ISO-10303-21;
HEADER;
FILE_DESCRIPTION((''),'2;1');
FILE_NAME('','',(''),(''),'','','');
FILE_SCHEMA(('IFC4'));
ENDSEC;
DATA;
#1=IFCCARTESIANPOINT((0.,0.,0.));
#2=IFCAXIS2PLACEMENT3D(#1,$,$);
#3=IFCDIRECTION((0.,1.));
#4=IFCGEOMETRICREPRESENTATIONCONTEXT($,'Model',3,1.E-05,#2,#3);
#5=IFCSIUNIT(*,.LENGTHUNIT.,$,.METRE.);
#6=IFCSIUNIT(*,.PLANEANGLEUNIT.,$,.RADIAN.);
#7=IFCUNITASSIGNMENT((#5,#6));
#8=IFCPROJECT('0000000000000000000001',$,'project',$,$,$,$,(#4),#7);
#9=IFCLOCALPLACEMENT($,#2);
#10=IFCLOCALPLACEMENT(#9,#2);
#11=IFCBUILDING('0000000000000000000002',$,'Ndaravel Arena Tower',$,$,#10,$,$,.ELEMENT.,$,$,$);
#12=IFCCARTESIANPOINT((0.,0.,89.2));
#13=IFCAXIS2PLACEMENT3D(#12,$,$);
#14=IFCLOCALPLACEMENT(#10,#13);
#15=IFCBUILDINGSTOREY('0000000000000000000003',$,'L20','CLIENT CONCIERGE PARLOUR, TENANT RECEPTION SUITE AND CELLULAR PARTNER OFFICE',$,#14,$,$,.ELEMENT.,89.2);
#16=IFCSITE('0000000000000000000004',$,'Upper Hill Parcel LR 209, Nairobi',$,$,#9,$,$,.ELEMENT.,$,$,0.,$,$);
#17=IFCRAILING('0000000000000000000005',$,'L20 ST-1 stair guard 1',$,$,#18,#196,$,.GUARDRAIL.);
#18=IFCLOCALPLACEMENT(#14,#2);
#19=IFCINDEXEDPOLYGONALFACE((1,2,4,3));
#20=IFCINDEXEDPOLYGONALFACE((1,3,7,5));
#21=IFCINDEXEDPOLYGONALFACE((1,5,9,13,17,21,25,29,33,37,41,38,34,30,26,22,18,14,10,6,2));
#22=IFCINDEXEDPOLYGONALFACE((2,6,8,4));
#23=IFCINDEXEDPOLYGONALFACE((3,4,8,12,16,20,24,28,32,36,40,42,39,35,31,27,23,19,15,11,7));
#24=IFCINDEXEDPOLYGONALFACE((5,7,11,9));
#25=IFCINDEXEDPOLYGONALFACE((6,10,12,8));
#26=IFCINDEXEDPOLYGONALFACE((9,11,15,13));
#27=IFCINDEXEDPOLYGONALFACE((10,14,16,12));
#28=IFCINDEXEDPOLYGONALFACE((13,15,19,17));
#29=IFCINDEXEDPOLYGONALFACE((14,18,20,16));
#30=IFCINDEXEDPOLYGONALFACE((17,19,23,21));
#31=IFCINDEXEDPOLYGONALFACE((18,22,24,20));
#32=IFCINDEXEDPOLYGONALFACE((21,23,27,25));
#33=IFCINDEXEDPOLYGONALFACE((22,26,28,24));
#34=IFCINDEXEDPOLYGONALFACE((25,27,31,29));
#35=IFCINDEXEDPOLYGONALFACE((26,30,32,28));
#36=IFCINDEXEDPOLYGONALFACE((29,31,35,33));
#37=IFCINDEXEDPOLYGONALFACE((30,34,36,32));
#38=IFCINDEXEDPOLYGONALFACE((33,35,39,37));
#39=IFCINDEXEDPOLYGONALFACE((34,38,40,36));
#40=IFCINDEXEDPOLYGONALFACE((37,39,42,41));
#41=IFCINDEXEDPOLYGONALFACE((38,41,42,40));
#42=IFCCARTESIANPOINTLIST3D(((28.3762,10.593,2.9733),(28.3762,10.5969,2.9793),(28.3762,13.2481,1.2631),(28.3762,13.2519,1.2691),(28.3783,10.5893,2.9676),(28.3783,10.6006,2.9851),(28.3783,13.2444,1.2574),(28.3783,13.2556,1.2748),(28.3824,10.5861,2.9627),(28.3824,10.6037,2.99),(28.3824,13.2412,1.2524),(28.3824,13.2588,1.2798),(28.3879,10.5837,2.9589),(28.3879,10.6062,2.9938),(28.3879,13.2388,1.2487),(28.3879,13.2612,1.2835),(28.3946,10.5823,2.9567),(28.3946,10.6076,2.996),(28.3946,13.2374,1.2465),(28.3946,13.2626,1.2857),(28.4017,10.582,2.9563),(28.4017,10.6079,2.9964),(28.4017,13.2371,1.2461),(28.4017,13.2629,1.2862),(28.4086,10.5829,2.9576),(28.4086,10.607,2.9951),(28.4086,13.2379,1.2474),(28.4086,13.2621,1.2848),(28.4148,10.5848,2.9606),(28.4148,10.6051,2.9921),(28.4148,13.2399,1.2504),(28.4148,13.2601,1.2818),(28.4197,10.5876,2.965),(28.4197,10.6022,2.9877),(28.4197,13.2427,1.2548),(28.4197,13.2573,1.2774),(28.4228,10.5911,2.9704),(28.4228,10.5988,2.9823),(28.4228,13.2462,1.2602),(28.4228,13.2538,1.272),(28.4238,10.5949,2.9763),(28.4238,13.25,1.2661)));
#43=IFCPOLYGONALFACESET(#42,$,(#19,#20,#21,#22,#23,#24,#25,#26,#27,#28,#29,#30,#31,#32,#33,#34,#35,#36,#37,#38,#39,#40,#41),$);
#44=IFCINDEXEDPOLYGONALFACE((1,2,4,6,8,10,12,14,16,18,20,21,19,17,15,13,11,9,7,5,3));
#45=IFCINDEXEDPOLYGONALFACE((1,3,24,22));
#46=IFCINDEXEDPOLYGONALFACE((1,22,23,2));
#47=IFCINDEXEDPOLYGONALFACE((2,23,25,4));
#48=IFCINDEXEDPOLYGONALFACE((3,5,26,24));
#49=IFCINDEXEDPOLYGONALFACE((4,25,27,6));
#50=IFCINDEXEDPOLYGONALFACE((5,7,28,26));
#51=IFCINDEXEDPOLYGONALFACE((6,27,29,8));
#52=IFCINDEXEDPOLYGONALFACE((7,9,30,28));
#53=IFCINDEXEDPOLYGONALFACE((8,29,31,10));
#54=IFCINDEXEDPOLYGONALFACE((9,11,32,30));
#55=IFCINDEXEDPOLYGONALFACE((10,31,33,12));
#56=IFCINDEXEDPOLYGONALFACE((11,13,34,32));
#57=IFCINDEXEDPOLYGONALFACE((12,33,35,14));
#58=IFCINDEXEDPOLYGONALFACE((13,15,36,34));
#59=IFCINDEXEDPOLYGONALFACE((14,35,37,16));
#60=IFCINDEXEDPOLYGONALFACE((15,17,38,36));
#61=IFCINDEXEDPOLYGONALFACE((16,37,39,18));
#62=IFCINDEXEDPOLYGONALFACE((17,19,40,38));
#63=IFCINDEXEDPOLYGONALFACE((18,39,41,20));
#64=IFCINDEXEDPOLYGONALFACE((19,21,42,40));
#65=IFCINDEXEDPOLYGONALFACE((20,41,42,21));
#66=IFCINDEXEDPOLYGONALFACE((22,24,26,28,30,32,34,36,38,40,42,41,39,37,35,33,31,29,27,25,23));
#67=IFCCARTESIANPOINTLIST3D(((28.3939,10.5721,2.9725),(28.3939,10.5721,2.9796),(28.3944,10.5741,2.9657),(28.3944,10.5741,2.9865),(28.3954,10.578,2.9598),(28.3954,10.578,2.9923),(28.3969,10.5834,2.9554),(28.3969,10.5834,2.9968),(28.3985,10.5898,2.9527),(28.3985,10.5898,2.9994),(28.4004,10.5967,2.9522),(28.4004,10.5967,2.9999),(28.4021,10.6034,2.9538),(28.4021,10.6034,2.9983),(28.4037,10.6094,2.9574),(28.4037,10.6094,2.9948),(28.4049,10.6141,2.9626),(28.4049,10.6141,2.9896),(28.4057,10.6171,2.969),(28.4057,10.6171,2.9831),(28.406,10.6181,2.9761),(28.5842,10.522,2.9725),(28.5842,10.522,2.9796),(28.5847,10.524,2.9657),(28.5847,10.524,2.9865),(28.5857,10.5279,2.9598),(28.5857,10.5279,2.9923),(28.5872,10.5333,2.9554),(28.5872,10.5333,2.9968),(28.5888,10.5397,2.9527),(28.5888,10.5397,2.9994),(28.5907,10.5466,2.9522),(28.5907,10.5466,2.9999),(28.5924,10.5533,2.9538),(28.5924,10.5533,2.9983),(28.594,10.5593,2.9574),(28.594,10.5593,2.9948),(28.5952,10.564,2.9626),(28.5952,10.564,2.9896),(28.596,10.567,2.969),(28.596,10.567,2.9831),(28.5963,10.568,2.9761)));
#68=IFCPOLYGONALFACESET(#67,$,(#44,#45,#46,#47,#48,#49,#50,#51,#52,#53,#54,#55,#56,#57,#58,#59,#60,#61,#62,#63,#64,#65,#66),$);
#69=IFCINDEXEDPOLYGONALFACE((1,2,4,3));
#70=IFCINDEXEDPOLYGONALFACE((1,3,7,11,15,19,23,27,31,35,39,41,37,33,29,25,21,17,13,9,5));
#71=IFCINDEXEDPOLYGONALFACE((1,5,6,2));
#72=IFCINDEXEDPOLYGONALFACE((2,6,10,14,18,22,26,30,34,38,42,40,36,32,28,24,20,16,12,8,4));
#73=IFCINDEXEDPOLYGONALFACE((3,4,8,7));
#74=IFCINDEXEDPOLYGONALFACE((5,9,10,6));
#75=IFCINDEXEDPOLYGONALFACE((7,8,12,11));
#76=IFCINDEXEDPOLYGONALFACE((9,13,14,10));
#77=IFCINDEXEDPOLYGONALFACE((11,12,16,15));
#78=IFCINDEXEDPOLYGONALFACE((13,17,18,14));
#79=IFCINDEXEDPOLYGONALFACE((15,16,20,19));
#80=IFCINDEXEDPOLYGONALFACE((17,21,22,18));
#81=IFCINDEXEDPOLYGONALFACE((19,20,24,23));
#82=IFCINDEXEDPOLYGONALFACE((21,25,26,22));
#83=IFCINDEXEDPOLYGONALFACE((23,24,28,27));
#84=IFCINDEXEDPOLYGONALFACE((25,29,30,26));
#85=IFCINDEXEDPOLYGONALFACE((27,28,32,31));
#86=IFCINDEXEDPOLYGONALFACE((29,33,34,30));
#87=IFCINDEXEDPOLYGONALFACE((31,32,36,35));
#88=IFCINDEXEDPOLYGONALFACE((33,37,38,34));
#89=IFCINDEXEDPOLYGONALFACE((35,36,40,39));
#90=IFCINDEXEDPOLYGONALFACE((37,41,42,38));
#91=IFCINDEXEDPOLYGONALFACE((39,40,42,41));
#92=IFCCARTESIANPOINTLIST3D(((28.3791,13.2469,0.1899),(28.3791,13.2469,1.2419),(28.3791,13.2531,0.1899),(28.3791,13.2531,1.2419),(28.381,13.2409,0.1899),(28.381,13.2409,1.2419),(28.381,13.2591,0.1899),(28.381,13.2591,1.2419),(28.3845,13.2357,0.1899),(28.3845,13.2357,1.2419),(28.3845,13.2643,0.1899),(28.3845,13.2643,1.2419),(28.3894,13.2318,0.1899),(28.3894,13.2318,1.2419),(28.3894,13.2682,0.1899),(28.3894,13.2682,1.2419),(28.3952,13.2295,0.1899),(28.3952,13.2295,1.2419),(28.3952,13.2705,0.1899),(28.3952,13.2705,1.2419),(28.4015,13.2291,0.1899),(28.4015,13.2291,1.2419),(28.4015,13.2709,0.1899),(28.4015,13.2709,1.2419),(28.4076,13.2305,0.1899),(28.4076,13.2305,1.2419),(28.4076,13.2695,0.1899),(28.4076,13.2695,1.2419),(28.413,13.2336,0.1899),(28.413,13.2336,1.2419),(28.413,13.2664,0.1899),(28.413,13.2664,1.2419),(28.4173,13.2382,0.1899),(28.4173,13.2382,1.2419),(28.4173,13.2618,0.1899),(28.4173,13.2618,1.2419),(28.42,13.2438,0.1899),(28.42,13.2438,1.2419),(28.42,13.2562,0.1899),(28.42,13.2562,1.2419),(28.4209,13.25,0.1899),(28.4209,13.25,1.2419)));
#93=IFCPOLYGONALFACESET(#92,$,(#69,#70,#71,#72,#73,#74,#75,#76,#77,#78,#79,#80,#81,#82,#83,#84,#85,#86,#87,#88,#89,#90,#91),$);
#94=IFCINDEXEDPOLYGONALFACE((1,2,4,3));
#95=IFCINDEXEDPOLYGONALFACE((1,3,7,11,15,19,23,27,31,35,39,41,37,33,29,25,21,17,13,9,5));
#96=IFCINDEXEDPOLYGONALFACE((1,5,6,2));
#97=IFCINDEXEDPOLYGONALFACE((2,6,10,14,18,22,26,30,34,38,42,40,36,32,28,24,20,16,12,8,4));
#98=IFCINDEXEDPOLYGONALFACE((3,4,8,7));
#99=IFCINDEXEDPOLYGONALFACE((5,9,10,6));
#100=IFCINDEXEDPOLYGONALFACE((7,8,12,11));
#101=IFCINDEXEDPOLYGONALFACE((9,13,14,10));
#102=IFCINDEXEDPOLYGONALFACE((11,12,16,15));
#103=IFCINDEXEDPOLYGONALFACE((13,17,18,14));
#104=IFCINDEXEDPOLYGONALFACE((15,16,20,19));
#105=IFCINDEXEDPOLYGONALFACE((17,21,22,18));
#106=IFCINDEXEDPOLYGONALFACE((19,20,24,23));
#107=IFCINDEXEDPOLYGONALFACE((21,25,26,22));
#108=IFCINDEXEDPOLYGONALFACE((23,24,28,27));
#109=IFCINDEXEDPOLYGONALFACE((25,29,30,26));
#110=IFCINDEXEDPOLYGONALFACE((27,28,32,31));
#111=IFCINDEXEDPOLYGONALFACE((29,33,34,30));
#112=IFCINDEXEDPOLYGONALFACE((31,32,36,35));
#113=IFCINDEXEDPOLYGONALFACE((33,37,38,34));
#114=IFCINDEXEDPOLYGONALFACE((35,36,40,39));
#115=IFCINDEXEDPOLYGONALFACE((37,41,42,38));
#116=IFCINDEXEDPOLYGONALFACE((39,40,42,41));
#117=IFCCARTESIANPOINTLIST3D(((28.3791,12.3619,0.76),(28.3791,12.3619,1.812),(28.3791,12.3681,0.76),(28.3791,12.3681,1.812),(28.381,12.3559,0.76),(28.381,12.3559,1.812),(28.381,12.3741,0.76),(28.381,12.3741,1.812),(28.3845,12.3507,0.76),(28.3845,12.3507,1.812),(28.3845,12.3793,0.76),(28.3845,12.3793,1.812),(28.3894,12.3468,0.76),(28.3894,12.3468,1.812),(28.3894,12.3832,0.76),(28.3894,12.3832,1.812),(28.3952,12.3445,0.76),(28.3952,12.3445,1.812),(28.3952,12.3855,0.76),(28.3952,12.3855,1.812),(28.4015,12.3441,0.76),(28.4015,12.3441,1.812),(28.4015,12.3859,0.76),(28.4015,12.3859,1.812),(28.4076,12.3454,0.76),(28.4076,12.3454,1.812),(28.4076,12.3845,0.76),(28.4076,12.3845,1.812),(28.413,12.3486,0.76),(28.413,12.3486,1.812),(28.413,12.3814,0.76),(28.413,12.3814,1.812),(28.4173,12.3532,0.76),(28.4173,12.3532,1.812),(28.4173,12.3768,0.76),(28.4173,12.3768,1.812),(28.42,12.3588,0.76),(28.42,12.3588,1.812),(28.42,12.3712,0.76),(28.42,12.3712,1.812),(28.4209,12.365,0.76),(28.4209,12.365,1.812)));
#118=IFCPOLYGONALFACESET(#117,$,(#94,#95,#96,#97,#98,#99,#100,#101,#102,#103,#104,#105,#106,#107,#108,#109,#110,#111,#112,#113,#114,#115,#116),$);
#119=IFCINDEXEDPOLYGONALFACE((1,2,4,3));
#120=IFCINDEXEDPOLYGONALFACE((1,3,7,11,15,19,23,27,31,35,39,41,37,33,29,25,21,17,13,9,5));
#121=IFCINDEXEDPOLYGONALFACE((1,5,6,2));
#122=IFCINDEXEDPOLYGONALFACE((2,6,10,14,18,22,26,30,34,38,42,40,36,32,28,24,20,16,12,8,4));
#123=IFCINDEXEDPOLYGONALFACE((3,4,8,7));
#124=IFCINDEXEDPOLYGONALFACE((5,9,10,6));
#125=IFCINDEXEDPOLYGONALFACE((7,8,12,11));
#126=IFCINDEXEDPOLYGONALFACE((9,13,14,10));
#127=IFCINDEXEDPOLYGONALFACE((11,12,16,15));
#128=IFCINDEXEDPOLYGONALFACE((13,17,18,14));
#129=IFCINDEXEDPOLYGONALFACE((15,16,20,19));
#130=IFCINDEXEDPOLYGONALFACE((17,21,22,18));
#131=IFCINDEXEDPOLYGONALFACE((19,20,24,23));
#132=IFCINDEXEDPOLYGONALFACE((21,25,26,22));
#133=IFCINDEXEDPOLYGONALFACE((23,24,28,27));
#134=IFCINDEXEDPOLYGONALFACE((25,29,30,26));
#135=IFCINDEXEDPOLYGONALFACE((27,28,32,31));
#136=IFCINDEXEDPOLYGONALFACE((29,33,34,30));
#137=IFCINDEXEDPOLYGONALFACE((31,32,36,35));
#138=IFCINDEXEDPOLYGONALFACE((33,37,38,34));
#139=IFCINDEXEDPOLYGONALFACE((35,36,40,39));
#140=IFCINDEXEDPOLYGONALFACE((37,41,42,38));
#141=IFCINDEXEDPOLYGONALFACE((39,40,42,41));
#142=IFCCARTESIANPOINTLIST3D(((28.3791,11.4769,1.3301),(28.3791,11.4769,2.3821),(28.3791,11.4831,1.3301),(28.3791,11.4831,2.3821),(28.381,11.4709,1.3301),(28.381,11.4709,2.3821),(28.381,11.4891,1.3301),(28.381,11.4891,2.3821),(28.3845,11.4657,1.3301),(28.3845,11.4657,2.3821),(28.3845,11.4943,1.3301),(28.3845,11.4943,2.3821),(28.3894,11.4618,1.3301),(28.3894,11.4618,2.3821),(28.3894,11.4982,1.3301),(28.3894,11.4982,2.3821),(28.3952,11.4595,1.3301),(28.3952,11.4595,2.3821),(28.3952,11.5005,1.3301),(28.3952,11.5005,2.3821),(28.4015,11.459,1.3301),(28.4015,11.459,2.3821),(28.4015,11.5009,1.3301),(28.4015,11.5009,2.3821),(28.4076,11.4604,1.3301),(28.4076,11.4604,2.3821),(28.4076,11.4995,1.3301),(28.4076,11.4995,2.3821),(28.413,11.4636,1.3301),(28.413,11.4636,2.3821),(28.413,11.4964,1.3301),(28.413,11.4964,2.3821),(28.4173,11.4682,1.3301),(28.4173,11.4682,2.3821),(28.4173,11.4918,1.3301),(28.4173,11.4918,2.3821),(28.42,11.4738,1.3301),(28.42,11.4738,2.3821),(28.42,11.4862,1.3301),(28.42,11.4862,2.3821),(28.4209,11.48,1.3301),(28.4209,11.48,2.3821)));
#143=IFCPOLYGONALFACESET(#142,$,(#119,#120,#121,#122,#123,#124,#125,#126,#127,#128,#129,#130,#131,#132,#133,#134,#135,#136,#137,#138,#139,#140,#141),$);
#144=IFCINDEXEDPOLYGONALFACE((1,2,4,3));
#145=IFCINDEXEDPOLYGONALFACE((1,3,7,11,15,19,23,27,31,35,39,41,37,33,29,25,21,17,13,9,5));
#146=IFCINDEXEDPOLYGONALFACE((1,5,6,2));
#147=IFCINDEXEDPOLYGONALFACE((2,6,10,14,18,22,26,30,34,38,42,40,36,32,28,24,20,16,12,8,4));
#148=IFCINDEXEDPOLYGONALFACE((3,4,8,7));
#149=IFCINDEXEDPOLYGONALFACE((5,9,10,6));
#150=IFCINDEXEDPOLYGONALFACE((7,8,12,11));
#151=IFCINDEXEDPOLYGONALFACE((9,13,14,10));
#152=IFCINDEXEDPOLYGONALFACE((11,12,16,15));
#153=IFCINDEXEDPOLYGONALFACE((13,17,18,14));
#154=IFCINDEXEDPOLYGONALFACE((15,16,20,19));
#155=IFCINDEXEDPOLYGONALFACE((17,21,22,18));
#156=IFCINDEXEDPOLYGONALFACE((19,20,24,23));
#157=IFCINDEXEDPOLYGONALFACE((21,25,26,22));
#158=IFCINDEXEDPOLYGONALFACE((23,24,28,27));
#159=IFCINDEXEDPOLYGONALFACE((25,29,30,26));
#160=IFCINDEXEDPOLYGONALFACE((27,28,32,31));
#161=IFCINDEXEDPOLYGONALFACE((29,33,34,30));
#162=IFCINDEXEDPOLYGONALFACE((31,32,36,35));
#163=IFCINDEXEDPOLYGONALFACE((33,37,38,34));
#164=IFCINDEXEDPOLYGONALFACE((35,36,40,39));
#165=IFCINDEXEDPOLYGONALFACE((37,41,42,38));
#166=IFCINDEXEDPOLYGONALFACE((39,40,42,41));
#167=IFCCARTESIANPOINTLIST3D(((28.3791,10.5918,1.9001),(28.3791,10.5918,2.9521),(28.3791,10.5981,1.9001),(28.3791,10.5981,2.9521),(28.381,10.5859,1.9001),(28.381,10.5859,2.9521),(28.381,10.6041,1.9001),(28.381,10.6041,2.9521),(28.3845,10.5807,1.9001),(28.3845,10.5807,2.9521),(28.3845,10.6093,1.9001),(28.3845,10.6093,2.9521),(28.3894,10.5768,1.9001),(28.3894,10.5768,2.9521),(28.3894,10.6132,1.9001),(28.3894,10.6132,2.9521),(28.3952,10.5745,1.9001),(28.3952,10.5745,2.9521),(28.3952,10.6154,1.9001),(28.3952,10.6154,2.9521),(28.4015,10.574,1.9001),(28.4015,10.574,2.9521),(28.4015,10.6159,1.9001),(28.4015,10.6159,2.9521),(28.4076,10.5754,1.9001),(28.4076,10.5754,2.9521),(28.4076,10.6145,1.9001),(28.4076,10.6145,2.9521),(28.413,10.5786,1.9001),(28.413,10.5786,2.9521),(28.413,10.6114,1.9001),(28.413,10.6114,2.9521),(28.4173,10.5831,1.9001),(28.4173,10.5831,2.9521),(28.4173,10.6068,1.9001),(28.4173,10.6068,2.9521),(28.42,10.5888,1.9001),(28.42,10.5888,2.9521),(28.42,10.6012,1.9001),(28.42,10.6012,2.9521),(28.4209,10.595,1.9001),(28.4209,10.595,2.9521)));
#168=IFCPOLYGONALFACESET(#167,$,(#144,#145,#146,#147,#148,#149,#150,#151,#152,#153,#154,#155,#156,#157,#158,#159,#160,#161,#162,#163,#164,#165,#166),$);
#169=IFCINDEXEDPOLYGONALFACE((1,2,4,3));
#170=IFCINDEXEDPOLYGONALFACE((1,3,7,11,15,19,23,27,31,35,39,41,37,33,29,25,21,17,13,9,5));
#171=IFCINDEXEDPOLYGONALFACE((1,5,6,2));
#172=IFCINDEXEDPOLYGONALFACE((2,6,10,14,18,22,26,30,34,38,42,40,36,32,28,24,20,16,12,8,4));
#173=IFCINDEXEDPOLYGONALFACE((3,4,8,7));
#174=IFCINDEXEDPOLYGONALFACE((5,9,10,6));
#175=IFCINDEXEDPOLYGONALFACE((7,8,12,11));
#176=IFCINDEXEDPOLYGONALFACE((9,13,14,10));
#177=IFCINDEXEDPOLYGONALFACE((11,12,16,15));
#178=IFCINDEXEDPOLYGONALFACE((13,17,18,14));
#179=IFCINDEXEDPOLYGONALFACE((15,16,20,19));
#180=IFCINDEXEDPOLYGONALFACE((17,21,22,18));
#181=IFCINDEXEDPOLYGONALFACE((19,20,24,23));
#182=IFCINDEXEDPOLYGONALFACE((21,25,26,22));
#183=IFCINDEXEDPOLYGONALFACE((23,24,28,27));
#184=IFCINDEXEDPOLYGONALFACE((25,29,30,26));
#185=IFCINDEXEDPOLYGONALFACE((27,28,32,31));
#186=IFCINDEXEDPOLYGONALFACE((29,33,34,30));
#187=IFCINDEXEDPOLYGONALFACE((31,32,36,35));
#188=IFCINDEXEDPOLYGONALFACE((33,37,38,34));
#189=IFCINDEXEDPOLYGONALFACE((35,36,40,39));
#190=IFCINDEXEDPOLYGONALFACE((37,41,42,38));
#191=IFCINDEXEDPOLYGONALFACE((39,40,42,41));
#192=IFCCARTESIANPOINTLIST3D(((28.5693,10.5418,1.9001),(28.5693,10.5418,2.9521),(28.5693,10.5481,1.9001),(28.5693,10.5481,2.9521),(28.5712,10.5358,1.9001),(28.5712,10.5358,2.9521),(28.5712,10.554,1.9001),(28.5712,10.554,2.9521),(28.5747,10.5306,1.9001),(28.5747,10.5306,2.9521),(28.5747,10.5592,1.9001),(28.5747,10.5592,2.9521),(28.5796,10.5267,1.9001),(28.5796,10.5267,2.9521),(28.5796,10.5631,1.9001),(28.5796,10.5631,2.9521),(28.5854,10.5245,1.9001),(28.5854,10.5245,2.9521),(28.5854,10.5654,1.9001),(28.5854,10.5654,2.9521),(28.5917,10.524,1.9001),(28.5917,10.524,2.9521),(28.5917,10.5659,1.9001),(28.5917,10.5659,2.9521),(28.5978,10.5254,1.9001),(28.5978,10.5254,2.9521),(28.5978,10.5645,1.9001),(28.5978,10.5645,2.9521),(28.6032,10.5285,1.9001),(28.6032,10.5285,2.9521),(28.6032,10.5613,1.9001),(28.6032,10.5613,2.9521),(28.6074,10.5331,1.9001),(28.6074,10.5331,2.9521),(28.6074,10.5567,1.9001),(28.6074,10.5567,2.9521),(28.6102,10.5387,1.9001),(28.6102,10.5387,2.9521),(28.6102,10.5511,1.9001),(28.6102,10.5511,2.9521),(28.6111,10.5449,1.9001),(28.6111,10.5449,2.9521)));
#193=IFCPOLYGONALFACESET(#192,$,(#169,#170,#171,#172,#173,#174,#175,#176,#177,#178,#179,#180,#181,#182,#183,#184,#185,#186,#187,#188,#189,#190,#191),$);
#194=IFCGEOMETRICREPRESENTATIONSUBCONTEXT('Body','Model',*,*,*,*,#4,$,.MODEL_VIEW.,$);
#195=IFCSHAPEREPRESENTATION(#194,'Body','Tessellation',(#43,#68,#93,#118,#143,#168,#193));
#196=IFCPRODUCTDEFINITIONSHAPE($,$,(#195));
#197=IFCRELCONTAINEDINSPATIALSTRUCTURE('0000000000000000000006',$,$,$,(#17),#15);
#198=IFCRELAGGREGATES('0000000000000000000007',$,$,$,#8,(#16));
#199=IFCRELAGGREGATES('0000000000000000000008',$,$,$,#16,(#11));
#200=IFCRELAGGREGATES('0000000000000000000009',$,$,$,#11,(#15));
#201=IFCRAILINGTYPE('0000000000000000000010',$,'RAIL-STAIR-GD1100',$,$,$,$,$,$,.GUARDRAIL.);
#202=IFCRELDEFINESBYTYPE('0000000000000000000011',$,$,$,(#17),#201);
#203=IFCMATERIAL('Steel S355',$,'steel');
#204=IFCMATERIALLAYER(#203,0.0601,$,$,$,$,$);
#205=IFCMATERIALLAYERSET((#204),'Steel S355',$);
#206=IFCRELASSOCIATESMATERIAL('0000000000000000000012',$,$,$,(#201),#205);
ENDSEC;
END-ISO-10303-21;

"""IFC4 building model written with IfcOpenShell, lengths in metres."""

from ifc_helpers import new_model, si_unit, direction, frame, origin, origin_2d, place, context, subcontext, project, spatial, circle, extrude, material, layer, layer_set, type_object, element, save


model = new_model("IFC4")

# Units and contexts
model_context = context("Model", 3, precision=1e-05, world=origin(), true_north=direction((0.0, 1.0)))
body_context = subcontext(model_context, "Body", "Model", "MODEL_VIEW")
ifc_project = project(units=[si_unit("LENGTHUNIT", "METRE"), si_unit("PLANEANGLEUNIT", "RADIAN")], contexts=[model_context])

# Site, building, storey
site_placement = place(None, origin())
site = spatial("IfcSite", under=ifc_project, at=site_placement, Name="Upper Hill Parcel LR 209, Nairobi", CompositionType="ELEMENT", RefElevation=0.0)
building_placement = place(site_placement, origin())
building = spatial("IfcBuilding", under=site, at=building_placement, Name="Ndaravel Arena Tower", CompositionType="ELEMENT")
storey_placement = place(building_placement, frame((0.0, 0.0, 89.2)))
storey = spatial("IfcBuildingStorey", under=building, at=storey_placement, Name="L20", Description="CLIENT CONCIERGE PARLOUR, TENANT RECEPTION SUITE AND CELLULAR PARTNER OFFICE", CompositionType="ELEMENT", Elevation=89.2)

# Railing
ifc_material_1 = material(Name="Steel S355", Category="steel")
ifc_layer_1 = layer(ifc_material_1, 0.0601)
ifc_layer_set_1 = layer_set([ifc_layer_1], Name="Steel S355")
railing_type_1 = type_object("IfcRailingType", Name="RAIL-STAIR-GD1100", PredefinedType="GUARDRAIL", material=ifc_layer_set_1)
railing_1_placement = place(storey_placement, frame((28.3999, 13.25, 0.1899)))
element("IfcRailing", 1, at=railing_1_placement, inside=storey, type_object=railing_type_1, Name="L20 ST-1 stair guard 1", PredefinedType="GUARDRAIL", context=body_context, shape_type="SweptSolid", body=[
    extrude(circle(Radius=0.0239, at=origin_2d()), frame((0.0, 0.0, 1.0762), z_axis=(0.0, -0.840688, 0.541519), x_axis=(1.0, 0.0, 0.0)), (0.0, 0.0, 1.0), 3.1582),
    extrude(circle(Radius=0.0239, at=origin_2d()), frame((0.0, -2.655, 2.7861), z_axis=(0.967075, -0.254493, 0.0), x_axis=(0.254493, 0.967075, 0.0)), (0.0, 0.0, 1.0), 0.1968),
    extrude(circle(Radius=0.021, at=origin_2d()), origin(), (0.0, 0.0, 1.0), 1.052),
    extrude(circle(Radius=0.021, at=origin_2d()), frame((0.0, -0.885, 0.5701)), (0.0, 0.0, 1.0), 1.052),
    extrude(circle(Radius=0.021, at=origin_2d()), frame((0.0, -1.77, 1.1401)), (0.0, 0.0, 1.0), 1.052),
    extrude(circle(Radius=0.021, at=origin_2d()), frame((0.0, -2.655, 1.7102)), (0.0, 0.0, 1.0), 1.052),
    extrude(circle(Radius=0.021, at=origin_2d()), frame((0.1902, -2.7051, 1.7102)), (0.0, 0.0, 1.0), 1.052),
])

save(model, "model.ifc")
